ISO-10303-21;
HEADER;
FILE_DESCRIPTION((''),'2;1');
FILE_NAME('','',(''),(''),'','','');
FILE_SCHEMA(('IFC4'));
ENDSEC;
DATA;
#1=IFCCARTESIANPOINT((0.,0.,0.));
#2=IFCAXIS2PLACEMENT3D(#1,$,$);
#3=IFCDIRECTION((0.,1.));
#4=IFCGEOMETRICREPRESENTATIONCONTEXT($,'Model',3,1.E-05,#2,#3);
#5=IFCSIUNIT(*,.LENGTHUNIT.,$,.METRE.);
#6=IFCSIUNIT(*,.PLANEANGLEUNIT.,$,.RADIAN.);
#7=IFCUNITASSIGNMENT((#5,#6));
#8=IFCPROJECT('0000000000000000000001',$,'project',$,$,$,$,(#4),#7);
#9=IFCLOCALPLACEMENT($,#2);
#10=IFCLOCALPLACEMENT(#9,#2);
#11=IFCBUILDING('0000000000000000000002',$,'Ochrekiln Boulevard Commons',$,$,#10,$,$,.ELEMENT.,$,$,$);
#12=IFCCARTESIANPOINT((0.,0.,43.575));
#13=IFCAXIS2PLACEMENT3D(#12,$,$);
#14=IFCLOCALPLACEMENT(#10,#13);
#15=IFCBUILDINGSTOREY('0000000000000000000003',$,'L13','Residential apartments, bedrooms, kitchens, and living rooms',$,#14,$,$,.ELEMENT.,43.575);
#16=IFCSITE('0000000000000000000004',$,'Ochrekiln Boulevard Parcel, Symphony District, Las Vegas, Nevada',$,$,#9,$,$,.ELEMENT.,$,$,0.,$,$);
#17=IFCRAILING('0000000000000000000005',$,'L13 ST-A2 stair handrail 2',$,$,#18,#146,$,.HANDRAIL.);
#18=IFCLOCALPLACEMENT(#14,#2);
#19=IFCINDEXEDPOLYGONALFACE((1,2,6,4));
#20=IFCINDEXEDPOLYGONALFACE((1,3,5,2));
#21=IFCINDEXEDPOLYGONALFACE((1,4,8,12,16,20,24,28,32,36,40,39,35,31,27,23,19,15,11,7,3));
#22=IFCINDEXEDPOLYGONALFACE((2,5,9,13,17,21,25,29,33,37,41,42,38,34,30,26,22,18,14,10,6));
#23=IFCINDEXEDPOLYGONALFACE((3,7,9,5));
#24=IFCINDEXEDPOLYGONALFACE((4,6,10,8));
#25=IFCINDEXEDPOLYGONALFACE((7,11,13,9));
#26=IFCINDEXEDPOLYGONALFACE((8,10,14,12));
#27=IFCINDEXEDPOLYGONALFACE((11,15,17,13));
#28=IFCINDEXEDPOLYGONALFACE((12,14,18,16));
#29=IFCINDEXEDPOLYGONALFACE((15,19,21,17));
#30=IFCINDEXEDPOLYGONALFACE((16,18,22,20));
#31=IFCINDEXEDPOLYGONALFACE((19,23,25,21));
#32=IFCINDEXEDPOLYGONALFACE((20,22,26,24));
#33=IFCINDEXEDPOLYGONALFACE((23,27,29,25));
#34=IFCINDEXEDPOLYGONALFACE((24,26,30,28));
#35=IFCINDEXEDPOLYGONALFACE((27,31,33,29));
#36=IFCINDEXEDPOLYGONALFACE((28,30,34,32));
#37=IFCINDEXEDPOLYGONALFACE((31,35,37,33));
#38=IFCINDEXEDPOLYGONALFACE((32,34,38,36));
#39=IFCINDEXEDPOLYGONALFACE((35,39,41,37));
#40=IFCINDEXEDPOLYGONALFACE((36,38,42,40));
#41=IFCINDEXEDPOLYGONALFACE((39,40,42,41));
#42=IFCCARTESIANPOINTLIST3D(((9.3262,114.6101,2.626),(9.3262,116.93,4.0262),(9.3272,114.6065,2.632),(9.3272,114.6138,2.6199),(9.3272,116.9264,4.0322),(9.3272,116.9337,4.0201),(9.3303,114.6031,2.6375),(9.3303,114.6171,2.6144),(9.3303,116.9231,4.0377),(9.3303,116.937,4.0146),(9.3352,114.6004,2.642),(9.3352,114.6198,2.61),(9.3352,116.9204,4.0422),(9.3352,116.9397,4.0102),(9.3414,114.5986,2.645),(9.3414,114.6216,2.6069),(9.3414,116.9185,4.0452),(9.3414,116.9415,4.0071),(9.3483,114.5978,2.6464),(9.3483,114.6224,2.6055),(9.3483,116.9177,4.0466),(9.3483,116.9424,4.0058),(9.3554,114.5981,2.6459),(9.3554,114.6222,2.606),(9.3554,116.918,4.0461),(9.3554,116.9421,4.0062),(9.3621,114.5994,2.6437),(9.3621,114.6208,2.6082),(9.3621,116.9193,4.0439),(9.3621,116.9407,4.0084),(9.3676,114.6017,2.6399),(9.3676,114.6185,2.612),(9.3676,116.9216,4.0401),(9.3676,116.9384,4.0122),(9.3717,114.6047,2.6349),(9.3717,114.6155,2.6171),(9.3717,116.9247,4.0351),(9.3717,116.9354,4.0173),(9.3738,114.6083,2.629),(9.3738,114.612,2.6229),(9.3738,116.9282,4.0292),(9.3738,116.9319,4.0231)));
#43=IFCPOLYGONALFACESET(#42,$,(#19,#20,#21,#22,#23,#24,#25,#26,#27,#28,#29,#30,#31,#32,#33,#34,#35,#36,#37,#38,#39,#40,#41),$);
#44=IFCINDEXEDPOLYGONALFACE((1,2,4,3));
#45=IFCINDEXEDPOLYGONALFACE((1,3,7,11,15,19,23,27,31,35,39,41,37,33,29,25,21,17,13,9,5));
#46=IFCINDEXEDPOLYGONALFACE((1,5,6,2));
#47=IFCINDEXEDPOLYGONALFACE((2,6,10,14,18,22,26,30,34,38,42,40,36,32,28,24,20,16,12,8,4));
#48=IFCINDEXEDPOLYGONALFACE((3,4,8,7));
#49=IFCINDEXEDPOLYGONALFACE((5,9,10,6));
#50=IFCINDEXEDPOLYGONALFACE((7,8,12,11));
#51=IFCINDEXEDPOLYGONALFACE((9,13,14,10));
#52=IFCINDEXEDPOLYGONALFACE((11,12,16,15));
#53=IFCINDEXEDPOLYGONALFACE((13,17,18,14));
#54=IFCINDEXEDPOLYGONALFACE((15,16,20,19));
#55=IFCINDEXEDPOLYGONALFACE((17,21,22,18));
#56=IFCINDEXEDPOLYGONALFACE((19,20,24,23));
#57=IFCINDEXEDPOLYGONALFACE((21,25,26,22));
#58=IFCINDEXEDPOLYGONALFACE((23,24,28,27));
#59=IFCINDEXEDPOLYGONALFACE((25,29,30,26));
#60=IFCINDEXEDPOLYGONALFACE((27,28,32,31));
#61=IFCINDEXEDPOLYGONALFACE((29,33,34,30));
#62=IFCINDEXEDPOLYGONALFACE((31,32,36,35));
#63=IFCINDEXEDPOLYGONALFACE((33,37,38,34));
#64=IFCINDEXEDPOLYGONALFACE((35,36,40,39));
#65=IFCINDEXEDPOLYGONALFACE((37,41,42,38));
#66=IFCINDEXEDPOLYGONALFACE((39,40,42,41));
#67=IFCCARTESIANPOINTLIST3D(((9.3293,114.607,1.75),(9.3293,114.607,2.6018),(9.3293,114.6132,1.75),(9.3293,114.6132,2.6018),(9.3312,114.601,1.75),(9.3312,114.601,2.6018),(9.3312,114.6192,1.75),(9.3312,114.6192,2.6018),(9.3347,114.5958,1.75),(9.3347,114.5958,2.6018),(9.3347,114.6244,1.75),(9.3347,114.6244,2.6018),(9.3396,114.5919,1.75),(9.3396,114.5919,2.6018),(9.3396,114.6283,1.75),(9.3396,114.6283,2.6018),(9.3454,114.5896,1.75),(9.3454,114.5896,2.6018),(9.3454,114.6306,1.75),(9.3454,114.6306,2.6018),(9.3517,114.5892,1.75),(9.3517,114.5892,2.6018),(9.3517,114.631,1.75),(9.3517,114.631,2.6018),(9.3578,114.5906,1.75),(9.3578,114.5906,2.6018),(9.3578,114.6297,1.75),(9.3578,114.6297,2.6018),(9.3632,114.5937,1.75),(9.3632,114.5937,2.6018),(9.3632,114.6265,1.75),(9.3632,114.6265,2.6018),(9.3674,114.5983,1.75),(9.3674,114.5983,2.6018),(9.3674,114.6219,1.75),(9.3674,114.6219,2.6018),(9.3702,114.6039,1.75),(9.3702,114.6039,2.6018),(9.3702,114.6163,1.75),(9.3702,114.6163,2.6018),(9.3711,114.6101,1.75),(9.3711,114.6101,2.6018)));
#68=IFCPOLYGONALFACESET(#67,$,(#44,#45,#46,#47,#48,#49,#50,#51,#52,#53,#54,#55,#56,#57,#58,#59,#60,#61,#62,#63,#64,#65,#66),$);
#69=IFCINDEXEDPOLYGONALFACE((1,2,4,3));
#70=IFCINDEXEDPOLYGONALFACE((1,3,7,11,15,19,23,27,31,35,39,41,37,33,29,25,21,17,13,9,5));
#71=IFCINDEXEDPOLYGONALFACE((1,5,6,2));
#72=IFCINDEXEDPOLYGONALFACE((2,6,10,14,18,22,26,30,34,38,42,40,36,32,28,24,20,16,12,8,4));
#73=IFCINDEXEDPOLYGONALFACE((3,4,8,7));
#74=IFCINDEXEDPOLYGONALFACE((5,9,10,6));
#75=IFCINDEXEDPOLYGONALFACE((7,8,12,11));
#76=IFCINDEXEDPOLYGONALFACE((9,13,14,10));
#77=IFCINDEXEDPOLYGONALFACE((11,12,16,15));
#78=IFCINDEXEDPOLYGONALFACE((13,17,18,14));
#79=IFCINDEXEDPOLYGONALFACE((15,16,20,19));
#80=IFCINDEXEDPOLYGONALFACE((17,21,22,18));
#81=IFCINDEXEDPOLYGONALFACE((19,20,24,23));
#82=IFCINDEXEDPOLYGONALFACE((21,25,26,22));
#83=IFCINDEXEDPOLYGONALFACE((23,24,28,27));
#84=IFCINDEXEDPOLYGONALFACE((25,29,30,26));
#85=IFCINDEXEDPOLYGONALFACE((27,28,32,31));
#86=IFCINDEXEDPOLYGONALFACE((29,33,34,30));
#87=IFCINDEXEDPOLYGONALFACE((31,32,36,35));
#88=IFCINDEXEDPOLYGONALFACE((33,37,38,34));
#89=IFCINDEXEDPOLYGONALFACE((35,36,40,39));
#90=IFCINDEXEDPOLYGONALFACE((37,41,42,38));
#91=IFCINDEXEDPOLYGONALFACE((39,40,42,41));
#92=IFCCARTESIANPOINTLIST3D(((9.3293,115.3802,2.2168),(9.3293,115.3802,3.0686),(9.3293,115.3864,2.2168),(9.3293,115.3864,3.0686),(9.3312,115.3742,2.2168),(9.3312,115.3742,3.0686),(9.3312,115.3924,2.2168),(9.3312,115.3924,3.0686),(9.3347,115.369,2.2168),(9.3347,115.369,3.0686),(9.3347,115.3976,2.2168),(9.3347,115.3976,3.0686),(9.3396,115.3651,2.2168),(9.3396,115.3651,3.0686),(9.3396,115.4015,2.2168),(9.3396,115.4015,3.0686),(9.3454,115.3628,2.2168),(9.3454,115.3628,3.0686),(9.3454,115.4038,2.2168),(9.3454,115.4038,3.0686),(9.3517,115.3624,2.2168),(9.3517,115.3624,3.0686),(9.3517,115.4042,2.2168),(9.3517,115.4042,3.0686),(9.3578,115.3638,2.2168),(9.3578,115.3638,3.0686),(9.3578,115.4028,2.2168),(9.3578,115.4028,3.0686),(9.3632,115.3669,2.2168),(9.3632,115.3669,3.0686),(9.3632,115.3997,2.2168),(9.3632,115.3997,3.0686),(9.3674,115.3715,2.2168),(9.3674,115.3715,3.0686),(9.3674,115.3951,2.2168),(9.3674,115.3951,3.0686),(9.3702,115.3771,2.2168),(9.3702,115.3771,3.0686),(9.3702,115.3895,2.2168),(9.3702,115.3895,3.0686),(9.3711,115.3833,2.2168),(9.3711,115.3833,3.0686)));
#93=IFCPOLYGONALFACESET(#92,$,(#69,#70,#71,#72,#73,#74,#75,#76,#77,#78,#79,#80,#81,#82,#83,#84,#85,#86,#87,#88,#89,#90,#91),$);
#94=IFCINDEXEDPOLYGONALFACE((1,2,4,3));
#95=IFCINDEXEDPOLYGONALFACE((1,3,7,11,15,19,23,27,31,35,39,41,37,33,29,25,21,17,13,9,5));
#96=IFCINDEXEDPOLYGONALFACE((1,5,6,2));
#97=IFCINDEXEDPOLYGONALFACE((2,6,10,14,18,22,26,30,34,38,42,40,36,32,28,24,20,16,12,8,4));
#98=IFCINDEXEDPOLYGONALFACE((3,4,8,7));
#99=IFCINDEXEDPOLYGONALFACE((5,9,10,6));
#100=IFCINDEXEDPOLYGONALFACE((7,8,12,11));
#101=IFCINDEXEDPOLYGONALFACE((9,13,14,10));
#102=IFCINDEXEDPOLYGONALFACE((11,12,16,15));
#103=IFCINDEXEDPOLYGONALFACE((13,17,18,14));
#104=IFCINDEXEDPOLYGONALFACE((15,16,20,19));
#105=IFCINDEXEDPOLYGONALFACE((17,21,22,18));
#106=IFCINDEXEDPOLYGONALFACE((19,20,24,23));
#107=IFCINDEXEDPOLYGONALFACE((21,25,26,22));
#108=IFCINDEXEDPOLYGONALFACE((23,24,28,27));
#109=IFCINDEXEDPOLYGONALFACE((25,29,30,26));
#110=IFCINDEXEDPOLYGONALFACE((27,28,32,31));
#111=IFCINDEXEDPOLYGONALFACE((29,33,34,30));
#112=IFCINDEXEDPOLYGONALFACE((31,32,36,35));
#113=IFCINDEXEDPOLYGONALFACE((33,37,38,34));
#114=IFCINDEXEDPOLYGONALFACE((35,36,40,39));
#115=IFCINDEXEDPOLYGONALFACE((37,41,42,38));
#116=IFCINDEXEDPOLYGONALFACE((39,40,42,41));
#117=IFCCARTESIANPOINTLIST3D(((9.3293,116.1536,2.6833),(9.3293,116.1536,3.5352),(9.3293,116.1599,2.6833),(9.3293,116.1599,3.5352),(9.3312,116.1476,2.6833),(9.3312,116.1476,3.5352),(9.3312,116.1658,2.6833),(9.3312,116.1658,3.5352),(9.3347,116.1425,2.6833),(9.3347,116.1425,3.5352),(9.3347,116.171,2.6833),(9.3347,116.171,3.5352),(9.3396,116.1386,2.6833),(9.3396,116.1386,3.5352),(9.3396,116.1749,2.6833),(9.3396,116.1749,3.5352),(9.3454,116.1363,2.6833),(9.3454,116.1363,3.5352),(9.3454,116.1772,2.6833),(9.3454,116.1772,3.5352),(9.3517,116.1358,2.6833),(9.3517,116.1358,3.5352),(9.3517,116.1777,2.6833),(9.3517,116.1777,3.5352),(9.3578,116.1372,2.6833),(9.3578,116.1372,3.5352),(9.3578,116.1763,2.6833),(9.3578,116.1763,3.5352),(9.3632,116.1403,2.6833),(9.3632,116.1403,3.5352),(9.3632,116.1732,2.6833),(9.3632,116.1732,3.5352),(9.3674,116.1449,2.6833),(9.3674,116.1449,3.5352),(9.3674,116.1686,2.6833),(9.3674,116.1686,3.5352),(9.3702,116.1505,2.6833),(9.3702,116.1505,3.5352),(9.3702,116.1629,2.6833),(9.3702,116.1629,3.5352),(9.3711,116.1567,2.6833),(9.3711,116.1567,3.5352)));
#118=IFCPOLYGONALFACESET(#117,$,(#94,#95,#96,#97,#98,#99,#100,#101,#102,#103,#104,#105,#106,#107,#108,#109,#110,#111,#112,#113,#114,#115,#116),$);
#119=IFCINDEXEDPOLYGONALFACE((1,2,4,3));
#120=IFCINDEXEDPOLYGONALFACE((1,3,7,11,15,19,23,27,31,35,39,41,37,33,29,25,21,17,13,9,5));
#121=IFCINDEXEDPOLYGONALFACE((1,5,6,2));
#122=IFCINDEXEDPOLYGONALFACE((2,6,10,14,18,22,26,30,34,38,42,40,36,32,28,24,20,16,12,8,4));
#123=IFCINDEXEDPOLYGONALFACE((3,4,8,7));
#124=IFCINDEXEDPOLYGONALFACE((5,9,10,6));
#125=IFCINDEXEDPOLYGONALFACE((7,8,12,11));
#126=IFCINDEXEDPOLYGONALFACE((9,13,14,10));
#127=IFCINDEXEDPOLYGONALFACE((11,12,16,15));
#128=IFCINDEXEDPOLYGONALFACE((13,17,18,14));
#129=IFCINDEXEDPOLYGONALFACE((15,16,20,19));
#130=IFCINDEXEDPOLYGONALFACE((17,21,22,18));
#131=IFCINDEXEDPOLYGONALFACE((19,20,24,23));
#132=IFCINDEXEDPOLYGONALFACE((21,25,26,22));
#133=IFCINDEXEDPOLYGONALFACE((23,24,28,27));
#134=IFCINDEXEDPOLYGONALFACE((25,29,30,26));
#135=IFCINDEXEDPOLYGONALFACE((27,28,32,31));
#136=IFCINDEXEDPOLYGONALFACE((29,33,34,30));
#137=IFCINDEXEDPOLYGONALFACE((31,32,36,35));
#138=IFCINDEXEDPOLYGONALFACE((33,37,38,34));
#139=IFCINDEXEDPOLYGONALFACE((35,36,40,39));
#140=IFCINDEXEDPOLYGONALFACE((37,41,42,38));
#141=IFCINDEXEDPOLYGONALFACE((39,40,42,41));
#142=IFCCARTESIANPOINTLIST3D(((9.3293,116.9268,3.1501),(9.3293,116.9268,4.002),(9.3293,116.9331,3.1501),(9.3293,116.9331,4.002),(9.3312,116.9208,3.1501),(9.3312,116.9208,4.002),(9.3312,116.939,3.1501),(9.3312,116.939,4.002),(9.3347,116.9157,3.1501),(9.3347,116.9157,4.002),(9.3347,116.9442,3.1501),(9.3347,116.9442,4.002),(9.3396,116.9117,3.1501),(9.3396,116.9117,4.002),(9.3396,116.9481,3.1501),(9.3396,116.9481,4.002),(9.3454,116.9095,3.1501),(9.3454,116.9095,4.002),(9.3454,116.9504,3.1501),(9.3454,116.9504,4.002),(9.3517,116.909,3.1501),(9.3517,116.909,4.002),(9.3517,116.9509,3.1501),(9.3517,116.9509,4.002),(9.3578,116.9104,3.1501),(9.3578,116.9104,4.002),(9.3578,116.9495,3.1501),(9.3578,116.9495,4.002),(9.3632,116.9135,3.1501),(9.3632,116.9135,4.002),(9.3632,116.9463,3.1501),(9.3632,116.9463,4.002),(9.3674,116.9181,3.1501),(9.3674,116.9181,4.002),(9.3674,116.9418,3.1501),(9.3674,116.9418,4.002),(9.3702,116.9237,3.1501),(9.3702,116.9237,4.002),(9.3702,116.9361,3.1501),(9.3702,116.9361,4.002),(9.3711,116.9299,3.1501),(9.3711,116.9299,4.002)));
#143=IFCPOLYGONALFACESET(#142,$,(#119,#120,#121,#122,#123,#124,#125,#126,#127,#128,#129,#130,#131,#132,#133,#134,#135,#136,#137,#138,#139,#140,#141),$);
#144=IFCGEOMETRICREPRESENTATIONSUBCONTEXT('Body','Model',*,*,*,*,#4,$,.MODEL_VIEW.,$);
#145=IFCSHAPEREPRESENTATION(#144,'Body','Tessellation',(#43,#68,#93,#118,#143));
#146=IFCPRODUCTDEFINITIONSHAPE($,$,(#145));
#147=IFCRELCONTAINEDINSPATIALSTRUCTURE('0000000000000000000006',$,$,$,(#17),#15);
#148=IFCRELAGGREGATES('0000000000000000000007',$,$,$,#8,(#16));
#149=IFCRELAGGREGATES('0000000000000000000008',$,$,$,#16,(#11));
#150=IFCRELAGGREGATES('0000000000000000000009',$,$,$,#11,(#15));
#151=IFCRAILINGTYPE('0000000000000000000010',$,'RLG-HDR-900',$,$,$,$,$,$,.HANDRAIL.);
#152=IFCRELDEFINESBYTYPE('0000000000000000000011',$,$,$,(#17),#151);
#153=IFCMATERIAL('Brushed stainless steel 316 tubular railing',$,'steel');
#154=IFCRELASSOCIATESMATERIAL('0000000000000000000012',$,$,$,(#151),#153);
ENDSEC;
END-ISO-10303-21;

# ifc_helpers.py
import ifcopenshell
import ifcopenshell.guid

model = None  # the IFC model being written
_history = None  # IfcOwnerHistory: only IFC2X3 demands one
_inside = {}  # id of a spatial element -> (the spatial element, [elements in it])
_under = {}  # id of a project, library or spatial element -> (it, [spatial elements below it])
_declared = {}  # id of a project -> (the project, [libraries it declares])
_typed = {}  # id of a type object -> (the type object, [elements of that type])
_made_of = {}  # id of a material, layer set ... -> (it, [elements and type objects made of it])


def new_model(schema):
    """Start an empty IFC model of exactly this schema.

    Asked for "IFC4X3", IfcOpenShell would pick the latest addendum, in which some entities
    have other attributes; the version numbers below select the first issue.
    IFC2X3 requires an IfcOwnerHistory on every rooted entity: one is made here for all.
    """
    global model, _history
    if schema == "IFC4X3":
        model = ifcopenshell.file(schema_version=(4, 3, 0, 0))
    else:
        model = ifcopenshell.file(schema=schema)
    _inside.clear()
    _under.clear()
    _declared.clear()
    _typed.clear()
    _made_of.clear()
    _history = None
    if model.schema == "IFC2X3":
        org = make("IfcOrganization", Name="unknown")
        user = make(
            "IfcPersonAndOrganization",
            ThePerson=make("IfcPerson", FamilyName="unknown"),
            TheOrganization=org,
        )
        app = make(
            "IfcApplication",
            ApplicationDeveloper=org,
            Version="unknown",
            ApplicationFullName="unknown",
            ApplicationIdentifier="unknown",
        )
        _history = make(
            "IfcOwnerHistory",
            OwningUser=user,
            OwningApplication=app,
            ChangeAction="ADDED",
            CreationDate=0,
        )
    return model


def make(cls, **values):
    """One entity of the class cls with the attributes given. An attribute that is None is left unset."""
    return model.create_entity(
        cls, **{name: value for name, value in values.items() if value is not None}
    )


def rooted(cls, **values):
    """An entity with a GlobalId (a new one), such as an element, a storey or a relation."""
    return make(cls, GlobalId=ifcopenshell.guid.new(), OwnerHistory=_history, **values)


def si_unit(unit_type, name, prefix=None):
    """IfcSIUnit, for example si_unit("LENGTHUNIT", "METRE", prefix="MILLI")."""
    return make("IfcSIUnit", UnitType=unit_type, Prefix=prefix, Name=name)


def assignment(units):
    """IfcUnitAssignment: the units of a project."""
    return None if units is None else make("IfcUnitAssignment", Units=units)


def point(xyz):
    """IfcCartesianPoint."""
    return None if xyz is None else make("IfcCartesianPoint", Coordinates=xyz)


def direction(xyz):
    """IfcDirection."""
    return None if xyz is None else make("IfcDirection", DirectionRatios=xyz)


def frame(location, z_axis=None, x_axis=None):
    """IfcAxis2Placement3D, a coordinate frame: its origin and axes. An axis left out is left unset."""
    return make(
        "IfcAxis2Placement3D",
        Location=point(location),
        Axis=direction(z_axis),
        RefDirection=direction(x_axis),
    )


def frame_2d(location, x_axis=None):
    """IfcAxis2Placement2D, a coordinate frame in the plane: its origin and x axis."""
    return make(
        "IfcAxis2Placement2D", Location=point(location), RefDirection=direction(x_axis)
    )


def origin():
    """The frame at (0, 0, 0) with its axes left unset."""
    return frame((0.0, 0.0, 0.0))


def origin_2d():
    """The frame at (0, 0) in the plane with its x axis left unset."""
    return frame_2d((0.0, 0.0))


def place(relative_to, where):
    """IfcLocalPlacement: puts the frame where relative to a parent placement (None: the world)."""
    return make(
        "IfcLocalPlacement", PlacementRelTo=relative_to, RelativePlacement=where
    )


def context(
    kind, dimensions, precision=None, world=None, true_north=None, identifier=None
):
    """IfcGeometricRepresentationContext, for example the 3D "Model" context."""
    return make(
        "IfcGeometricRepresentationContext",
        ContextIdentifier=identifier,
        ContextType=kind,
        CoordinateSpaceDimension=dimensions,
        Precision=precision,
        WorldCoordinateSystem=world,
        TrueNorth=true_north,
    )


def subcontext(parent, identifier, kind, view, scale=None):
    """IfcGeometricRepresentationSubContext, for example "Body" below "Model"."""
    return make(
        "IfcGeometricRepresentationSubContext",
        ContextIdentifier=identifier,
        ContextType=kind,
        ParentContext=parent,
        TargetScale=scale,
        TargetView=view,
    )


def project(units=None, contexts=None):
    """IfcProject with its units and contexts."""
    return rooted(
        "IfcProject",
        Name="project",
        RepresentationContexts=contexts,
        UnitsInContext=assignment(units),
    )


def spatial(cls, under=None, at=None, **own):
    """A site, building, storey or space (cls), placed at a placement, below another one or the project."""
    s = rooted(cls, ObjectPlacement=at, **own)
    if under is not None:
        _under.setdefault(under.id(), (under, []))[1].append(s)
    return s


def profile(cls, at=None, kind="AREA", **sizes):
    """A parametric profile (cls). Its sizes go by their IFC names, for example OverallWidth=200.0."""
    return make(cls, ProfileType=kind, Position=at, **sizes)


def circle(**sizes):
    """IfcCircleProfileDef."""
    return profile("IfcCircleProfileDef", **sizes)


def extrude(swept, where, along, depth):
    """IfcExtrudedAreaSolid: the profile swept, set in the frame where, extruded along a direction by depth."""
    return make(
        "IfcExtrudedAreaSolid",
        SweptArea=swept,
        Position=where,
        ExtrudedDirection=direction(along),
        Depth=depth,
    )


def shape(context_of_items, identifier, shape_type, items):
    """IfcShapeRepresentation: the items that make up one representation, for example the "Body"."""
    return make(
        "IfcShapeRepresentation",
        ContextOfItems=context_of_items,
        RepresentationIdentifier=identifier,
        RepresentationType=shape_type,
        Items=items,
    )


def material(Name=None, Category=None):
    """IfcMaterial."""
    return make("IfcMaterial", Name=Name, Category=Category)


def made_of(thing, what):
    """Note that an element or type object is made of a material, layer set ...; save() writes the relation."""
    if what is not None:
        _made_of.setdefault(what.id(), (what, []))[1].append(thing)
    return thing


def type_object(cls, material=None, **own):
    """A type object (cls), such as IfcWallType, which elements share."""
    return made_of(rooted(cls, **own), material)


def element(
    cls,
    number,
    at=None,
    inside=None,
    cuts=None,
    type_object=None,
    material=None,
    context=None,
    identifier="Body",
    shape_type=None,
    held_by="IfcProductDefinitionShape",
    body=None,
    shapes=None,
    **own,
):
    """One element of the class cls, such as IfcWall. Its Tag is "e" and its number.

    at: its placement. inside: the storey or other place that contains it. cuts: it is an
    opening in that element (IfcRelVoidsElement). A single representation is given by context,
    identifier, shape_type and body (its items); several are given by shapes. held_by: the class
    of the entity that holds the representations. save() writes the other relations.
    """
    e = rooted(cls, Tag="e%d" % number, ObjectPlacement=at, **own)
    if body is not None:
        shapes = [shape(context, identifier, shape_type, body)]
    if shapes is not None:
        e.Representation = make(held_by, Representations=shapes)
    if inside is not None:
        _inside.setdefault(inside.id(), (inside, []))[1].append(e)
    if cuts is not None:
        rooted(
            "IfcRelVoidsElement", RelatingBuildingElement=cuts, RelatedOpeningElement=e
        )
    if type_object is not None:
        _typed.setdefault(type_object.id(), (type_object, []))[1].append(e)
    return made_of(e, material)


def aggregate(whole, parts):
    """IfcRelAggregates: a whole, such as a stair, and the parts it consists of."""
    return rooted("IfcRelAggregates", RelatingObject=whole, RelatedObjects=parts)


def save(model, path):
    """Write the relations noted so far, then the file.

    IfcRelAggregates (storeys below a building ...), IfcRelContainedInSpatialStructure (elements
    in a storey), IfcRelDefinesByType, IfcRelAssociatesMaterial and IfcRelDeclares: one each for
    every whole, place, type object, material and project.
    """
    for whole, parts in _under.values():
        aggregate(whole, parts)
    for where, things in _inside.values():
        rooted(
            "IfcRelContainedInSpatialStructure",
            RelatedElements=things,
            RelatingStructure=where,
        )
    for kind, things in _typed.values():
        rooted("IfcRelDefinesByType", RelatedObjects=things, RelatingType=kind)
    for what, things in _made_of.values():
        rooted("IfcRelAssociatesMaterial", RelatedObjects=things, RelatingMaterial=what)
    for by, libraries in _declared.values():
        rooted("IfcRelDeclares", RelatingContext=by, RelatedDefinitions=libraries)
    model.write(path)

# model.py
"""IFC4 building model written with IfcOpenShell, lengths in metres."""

from ifc_helpers import new_model, si_unit, direction, frame, origin, origin_2d, place, context, subcontext, project, spatial, circle, extrude, material, type_object, element, save


model = new_model("IFC4")

# Units and contexts
model_context = context("Model", 3, precision=1e-05, world=origin(), true_north=direction((0.0, 1.0)))
body_context = subcontext(model_context, "Body", "Model", "MODEL_VIEW")
ifc_project = project(units=[si_unit("LENGTHUNIT", "METRE"), si_unit("PLANEANGLEUNIT", "RADIAN")], contexts=[model_context])

# Site, building, storey
site_placement = place(None, origin())
site = spatial("IfcSite", under=ifc_project, at=site_placement, Name="Ochrekiln Boulevard Parcel, Symphony District, Las Vegas, Nevada", CompositionType="ELEMENT", RefElevation=0.0)
building_placement = place(site_placement, origin())
building = spatial("IfcBuilding", under=site, at=building_placement, Name="Ochrekiln Boulevard Commons", CompositionType="ELEMENT")
storey_placement = place(building_placement, frame((0.0, 0.0, 43.575)))
storey = spatial("IfcBuildingStorey", under=building, at=storey_placement, Name="L13", Description="Residential apartments, bedrooms, kitchens, and living rooms", CompositionType="ELEMENT", Elevation=43.575)

# Railing
ifc_material_1 = material(Name="Brushed stainless steel 316 tubular railing", Category="steel")
railing_type_1 = type_object("IfcRailingType", Name="RLG-HDR-900", PredefinedType="HANDRAIL", material=ifc_material_1)
railing_1_placement = place(storey_placement, frame((9.3501, 114.6101, 1.75)))
element("IfcRailing", 1, at=railing_1_placement, inside=storey, type_object=railing_type_1, Name="L13 ST-A2 stair handrail 2", PredefinedType="HANDRAIL", context=body_context, shape_type="SweptSolid", body=[
    extrude(circle(Radius=0.0239, at=origin_2d()), frame((0.0, 0.0, 0.876), z_axis=(0.0, 0.856146, 0.516733), x_axis=(-1.0, 0.0, 0.0)), (0.0, 0.0, 1.0), 2.7097),
    extrude(circle(Radius=0.021, at=origin_2d()), origin(), (0.0, 0.0, 1.0), 0.8518),
    extrude(circle(Radius=0.021, at=origin_2d()), frame((0.0, 0.7732, 0.4668)), (0.0, 0.0, 1.0), 0.8518),
    extrude(circle(Radius=0.021, at=origin_2d()), frame((0.0, 1.5466, 0.9333)), (0.0, 0.0, 1.0), 0.8518),
    extrude(circle(Radius=0.021, at=origin_2d()), frame((0.0, 2.3198, 1.4001)), (0.0, 0.0, 1.0), 0.8518),
])

save(model, "model.ifc")
